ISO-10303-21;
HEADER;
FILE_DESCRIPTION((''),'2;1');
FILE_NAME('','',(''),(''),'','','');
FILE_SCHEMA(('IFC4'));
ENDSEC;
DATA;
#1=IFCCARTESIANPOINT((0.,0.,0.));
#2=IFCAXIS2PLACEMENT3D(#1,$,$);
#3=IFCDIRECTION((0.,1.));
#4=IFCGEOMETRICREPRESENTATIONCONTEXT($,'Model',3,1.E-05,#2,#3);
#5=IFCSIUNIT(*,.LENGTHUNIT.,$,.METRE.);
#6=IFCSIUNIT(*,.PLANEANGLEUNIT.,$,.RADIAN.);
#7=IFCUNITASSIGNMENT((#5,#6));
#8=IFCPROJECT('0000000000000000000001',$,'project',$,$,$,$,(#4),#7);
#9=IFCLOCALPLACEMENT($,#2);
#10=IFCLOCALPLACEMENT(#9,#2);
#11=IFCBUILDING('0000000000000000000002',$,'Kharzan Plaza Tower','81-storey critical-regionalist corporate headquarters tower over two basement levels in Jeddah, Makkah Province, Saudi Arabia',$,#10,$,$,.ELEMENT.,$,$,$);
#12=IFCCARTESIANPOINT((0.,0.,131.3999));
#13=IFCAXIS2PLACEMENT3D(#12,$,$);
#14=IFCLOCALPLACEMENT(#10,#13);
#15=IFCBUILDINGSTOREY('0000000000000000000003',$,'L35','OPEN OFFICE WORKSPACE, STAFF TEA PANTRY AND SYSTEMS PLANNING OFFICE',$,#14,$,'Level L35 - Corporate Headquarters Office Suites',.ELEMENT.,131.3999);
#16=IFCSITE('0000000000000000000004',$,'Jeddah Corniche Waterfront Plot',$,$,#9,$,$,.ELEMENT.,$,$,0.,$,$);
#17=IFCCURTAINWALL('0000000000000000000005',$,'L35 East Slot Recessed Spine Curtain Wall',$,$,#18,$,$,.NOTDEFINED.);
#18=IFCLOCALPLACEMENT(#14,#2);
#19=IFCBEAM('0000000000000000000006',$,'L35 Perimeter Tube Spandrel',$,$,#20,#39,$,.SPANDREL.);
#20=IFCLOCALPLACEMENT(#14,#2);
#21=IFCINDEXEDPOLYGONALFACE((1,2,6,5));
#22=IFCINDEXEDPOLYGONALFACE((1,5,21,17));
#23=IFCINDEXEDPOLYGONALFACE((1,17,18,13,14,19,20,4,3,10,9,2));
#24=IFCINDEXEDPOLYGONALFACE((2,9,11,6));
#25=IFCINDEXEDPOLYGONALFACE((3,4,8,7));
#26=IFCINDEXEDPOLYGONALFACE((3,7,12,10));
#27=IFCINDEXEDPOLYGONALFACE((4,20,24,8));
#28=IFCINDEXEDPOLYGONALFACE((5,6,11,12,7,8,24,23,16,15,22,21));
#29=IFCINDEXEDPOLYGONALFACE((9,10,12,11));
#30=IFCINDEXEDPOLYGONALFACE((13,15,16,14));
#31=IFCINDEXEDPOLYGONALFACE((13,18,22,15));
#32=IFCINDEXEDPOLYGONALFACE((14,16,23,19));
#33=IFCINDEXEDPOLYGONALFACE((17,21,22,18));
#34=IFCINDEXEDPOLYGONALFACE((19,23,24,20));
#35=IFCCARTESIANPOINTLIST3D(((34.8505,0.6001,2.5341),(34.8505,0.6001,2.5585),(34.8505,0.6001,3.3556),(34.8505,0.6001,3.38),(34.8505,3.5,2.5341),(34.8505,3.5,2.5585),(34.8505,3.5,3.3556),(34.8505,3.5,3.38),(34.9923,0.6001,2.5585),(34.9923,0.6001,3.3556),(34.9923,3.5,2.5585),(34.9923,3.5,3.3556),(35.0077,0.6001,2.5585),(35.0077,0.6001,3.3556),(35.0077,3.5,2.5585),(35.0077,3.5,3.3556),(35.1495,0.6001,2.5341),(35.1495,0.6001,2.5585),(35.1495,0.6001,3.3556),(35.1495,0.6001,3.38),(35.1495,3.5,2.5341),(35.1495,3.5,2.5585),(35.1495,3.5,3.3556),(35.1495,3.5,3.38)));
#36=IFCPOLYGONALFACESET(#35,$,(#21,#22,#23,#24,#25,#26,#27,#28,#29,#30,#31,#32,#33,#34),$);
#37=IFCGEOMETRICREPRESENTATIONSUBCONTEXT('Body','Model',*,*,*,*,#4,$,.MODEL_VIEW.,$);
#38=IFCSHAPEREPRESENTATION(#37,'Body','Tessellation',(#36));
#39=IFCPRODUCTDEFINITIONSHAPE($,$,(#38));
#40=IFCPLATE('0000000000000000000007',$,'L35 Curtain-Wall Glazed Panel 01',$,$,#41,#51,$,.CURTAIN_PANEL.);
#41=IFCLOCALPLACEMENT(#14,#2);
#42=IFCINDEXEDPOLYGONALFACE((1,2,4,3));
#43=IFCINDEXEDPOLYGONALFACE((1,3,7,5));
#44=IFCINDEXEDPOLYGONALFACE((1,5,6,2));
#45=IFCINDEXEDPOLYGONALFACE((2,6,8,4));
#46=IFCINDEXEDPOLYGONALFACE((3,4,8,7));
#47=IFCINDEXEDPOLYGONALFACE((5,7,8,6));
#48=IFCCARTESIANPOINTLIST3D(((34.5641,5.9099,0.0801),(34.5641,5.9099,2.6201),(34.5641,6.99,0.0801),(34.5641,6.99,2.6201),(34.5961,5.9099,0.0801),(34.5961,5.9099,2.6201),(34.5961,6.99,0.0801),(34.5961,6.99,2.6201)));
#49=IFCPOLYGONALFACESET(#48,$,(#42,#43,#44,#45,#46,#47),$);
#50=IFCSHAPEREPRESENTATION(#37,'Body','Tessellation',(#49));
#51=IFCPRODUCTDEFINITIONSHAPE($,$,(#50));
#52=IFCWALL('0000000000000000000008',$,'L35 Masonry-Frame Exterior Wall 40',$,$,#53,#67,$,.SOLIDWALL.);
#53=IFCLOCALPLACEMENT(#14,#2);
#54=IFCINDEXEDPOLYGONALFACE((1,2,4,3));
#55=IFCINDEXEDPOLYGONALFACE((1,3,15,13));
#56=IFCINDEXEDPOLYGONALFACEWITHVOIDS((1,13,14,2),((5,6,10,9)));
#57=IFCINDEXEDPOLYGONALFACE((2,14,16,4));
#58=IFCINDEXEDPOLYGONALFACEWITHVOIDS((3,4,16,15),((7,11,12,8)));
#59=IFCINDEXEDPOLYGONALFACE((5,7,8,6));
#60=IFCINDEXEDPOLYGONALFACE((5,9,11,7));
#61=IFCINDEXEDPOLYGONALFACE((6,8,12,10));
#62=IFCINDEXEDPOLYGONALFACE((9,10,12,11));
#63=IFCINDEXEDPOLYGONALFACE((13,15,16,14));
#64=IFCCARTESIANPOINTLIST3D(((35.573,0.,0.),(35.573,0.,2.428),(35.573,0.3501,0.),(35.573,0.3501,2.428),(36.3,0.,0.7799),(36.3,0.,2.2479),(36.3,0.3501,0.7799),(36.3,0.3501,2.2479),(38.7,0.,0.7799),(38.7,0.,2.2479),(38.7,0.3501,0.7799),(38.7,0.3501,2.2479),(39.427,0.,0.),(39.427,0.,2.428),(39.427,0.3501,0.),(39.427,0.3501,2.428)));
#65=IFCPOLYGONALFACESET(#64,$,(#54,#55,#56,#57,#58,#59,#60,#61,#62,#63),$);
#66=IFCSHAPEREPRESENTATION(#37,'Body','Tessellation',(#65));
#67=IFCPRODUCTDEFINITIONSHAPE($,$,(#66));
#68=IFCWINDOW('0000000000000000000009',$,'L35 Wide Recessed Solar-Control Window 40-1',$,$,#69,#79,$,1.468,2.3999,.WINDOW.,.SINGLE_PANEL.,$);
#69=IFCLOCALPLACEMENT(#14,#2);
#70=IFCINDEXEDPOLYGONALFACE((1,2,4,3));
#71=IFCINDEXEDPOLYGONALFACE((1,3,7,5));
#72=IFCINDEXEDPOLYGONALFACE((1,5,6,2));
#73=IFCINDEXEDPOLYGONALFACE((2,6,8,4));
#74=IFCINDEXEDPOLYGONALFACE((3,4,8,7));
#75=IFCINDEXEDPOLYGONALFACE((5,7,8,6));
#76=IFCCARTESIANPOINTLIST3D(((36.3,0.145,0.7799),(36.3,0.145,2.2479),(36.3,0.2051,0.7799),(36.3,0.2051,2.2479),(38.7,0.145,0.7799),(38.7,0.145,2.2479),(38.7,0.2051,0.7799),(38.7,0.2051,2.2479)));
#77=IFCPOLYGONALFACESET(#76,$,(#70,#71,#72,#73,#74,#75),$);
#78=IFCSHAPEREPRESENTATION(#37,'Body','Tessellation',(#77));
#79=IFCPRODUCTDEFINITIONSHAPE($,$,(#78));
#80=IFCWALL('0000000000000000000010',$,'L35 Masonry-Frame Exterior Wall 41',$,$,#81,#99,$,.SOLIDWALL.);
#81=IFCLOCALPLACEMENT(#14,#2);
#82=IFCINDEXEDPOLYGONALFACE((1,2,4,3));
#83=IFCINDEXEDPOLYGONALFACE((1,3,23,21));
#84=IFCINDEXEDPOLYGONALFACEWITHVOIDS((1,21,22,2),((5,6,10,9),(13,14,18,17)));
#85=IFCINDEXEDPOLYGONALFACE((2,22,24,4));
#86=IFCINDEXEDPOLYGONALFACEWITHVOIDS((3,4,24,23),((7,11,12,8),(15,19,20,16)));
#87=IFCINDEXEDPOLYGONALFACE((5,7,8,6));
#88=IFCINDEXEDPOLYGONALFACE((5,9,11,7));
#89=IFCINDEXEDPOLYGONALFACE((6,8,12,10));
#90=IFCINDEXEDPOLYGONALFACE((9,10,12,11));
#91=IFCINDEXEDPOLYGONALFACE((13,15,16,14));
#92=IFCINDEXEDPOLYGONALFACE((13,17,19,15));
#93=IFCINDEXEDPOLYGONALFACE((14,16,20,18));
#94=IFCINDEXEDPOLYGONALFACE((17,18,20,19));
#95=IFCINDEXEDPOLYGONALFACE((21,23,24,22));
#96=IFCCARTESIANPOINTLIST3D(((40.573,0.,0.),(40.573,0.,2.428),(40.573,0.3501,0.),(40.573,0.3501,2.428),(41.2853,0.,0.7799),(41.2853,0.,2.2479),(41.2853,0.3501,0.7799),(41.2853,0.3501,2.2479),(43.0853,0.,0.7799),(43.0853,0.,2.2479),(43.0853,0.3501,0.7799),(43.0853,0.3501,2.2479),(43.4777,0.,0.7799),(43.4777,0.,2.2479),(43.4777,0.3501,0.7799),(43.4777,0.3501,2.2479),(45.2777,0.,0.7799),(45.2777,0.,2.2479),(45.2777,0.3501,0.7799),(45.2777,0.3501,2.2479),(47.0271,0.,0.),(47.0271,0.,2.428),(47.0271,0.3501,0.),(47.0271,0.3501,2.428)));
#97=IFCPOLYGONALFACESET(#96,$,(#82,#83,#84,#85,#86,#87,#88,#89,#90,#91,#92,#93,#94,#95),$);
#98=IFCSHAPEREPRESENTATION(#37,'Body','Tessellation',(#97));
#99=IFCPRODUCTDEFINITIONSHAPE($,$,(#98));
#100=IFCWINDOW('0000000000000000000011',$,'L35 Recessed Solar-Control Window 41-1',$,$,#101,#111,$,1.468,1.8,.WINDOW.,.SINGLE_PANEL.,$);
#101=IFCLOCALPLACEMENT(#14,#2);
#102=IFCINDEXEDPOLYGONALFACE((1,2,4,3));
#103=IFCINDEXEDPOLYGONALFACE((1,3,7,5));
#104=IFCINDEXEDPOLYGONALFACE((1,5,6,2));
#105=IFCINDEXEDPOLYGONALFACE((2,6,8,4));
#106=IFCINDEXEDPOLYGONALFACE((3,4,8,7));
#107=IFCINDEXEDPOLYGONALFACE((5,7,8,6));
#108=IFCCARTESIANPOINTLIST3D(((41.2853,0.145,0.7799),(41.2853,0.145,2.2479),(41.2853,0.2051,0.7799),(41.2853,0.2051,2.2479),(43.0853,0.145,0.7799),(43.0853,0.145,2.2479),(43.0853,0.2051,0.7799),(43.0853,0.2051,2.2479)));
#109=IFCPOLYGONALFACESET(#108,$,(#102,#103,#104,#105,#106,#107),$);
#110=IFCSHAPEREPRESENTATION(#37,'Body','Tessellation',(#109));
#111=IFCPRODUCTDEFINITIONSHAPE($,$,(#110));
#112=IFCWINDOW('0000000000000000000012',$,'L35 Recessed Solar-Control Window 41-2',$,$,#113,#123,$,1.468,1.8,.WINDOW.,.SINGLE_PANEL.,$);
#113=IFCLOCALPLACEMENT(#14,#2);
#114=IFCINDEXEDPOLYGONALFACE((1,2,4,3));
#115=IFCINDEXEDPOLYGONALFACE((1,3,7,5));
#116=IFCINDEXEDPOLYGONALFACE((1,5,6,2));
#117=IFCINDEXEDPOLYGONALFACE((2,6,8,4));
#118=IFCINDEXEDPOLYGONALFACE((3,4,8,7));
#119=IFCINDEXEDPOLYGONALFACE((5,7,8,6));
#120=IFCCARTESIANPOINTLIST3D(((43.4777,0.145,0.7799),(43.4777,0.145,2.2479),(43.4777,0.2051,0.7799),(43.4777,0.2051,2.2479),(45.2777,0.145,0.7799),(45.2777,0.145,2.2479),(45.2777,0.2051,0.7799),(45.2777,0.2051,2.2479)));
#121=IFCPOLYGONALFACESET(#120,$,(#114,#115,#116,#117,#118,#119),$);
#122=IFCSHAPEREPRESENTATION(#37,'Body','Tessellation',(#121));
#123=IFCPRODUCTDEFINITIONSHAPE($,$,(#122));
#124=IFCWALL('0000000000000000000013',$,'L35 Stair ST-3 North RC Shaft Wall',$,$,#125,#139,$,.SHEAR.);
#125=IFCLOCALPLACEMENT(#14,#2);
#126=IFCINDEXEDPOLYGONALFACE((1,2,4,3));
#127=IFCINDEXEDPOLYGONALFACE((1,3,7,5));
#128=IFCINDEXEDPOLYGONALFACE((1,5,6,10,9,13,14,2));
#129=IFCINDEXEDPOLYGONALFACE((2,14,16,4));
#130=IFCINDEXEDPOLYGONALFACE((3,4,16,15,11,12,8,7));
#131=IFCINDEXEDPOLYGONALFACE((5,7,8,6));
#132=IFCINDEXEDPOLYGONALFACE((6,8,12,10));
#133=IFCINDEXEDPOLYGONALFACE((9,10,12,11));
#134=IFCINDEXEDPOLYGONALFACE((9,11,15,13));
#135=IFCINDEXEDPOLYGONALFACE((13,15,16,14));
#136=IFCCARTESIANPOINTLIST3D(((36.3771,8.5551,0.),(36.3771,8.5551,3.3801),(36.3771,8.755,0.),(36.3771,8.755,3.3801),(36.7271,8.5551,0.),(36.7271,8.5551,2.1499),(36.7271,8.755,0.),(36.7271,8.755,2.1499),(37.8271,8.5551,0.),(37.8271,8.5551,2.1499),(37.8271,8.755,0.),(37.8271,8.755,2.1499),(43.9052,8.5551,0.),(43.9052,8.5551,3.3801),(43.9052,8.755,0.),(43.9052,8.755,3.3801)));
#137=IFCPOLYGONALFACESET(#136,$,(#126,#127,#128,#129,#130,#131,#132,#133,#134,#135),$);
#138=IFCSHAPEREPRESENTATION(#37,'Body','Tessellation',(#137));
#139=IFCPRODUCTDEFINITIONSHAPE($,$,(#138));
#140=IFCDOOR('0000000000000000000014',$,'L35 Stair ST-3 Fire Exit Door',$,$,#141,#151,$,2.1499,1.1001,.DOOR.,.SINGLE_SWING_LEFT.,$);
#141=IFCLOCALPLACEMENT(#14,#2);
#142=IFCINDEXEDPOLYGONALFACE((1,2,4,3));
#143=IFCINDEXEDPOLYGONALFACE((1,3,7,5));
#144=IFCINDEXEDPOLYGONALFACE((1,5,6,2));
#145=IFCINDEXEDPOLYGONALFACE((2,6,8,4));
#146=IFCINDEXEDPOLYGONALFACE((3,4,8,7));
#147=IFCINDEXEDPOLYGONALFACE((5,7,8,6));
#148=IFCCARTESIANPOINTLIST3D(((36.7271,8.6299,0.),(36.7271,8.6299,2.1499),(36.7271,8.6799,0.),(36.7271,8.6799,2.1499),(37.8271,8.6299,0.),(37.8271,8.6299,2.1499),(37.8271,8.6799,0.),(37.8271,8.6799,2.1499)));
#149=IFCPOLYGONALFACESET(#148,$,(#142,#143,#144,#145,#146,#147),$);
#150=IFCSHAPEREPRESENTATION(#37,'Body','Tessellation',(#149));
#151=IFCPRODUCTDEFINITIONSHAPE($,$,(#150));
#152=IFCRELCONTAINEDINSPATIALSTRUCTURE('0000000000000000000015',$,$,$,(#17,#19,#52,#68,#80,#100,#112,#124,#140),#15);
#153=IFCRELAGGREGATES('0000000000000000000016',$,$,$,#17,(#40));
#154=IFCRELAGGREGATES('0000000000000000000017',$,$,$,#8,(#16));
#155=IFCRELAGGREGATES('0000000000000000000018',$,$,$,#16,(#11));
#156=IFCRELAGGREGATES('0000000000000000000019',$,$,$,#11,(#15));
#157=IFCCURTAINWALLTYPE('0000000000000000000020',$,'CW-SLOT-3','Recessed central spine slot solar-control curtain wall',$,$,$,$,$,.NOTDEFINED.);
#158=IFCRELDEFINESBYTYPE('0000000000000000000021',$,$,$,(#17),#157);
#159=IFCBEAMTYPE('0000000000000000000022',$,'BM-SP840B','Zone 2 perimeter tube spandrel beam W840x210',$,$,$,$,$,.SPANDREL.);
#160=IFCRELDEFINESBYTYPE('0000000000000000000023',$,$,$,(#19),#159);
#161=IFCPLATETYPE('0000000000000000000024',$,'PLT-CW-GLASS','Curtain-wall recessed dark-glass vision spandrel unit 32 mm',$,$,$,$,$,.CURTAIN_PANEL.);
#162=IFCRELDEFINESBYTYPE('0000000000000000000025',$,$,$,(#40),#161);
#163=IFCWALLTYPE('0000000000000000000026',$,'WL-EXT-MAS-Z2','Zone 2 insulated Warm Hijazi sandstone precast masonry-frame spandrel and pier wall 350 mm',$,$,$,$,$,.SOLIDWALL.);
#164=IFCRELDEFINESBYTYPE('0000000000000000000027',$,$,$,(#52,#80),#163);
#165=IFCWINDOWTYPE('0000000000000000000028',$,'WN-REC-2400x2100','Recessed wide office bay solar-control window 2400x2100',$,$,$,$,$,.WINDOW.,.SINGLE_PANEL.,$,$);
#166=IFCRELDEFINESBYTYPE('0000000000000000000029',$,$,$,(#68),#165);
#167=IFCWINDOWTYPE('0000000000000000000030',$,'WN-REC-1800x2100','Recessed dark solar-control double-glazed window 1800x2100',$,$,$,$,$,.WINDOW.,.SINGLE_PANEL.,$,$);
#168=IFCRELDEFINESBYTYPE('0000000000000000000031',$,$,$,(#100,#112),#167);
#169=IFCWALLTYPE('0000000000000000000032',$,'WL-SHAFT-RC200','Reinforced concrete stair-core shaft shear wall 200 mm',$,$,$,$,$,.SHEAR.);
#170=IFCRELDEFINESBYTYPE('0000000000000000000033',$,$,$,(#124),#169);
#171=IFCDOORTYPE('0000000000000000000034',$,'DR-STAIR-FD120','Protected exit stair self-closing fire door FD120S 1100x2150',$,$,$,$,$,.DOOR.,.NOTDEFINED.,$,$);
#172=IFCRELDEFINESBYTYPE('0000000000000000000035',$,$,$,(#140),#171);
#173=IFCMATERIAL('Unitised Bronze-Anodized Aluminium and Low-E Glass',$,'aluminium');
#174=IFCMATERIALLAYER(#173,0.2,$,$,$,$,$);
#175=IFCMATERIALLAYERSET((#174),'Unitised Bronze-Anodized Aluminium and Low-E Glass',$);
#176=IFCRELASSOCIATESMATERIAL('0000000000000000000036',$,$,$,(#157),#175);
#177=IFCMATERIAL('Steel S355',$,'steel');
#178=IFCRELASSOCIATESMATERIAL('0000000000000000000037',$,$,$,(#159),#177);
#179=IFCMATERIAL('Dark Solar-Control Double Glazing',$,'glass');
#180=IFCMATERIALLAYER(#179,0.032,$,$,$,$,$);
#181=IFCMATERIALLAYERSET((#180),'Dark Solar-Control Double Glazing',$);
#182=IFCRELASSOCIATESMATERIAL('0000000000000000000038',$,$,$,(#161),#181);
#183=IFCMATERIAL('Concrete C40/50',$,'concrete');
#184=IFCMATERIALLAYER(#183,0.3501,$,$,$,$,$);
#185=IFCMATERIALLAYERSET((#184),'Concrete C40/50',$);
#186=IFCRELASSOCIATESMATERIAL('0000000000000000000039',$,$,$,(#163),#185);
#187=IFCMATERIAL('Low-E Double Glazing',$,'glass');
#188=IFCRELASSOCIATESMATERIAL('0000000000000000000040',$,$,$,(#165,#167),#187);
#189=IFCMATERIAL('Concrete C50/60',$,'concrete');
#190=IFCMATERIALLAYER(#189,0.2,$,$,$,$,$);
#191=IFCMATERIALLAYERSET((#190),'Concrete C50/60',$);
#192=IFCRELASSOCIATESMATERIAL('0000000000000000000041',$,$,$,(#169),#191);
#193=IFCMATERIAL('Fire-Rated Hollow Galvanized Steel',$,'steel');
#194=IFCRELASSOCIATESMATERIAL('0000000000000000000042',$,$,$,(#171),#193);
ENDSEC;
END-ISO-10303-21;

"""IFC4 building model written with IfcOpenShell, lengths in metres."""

from ifc_helpers import new_model, si_unit, direction, frame, frame_2d, origin, origin_2d, place, context, subcontext, project, spatial, rectangle, i_section, extrude, source, transform, mapped, material, layer, layer_set, material_profile, profile_set, type_object, element, fill, aggregate, save


model = new_model("IFC4")

# Units and contexts
model_context = context("Model", 3, precision=1e-05, world=origin(), true_north=direction((0.0, 1.0)))
body_context = subcontext(model_context, "Body", "Model", "MODEL_VIEW")
ifc_project = project(units=[si_unit("LENGTHUNIT", "METRE"), si_unit("PLANEANGLEUNIT", "RADIAN")], contexts=[model_context])

# Site, building, storey
site_placement = place(None, origin())
site = spatial("IfcSite", under=ifc_project, at=site_placement, Name="Jeddah Corniche Waterfront Plot", CompositionType="ELEMENT", RefElevation=0.0)
building_placement = place(site_placement, origin())
building = spatial("IfcBuilding", under=site, at=building_placement, Name="Kharzan Plaza Tower", Description="81-storey critical-regionalist corporate headquarters tower over two basement levels in Jeddah, Makkah Province, Saudi Arabia", CompositionType="ELEMENT")
storey_placement = place(building_placement, frame((0.0, 0.0, 131.3999)))
storey = spatial("IfcBuildingStorey", under=building, at=storey_placement, Name="L35", Description="OPEN OFFICE WORKSPACE, STAFF TEA PANTRY AND SYSTEMS PLANNING OFFICE", LongName="Level L35 - Corporate Headquarters Office Suites", CompositionType="ELEMENT", Elevation=131.3999)

# Shared definitions
ifc_material_1 = material(Name="Steel S355", Category="steel")

# Curtain wall
ifc_material_2 = material(Name="Unitised Bronze-Anodized Aluminium and Low-E Glass", Category="aluminium")
ifc_layer_1 = layer(ifc_material_2, 0.2)
ifc_layer_set_1 = layer_set([ifc_layer_1], Name="Unitised Bronze-Anodized Aluminium and Low-E Glass")
curtain_wall_type = type_object("IfcCurtainWallType", Name="CW-SLOT-3", Description="Recessed central spine slot solar-control curtain wall", PredefinedType="NOTDEFINED", material=ifc_layer_set_1)
curtain_wall_placement = place(storey_placement, origin())
curtain_wall = element("IfcCurtainWall", 1, at=curtain_wall_placement, inside=storey, type_object=curtain_wall_type, Name="L35 East Slot Recessed Spine Curtain Wall", PredefinedType="NOTDEFINED")

# Beam
ifc_material_profile_1 = material_profile(ifc_material_1, i_section(OverallWidth=0.2991, OverallDepth=0.8459, WebThickness=0.0154, FlangeThickness=0.0244, at=origin_2d()), Name="W840x210")
ifc_profile_set_1 = profile_set([ifc_material_profile_1], Name="Steel S355")
beam_type_1 = type_object("IfcBeamType", Name="BM-SP840B", Description="Zone 2 perimeter tube spandrel beam W840x210", PredefinedType="SPANDREL", material=ifc_profile_set_1)
shared_shape_1 = source(origin(), body_context, "Body", "SweptSolid", [
    extrude(i_section(OverallWidth=0.2991, OverallDepth=0.8459, WebThickness=0.0154, FlangeThickness=0.0244, at=origin_2d()), origin(), (0.0, 0.0, 1.0), 2.8999),
])
beam_1_placement = place(storey_placement, frame((35.0, 0.6001, 2.957), z_axis=(0.0, 1.0, 0.0), x_axis=(-1.0, 0.0, 0.0)))
element("IfcBeam", 2, at=beam_1_placement, inside=storey, type_object=beam_type_1, Name="L35 Perimeter Tube Spandrel", PredefinedType="SPANDREL", context=body_context, shape_type="MappedRepresentation", body=[
    mapped(shared_shape_1, transform((0.0, 0.0, 0.0), x_axis=(1.0, 0.0, 0.0), y_axis=(0.0, 1.0, 0.0), z_axis=(0.0, 0.0, 1.0))),
])

# Plate
ifc_material_3 = material(Name="Dark Solar-Control Double Glazing", Category="glass")
ifc_layer_2 = layer(ifc_material_3, 0.032)
ifc_layer_set_2 = layer_set([ifc_layer_2], Name="Dark Solar-Control Double Glazing")
plate_type = type_object("IfcPlateType", Name="PLT-CW-GLASS", Description="Curtain-wall recessed dark-glass vision spandrel unit 32 mm", PredefinedType="CURTAIN_PANEL", material=ifc_layer_set_2)
shared_shape_2 = source(origin(), body_context, "Body", "SweptSolid", [
    extrude(rectangle(XDim=1.0801, YDim=0.032, at=origin_2d()), origin(), (0.0, 0.0, 1.0), 2.54),
])
plate_placement = place(storey_placement, frame((34.5801, 6.45, 0.0801), z_axis=(0.0, 0.0, 1.0), x_axis=(0.0, 1.0, 0.0)))
plate = element("IfcPlate", 3, at=plate_placement, type_object=plate_type, Name="L35 Curtain-Wall Glazed Panel 01", PredefinedType="CURTAIN_PANEL", context=body_context, shape_type="MappedRepresentation", body=[
    mapped(shared_shape_2, transform((0.0, 0.0, 0.0), x_axis=(1.0, 0.0, 0.0), y_axis=(0.0, 1.0, 0.0), z_axis=(0.0, 0.0, 1.0))),
])
aggregate(curtain_wall, [plate])

# Wall, opening, window
ifc_material_4 = material(Name="Concrete C40/50", Category="concrete")
ifc_layer_3 = layer(ifc_material_4, 0.3501)
ifc_layer_set_3 = layer_set([ifc_layer_3], Name="Concrete C40/50")
wall_type_1 = type_object("IfcWallType", Name="WL-EXT-MAS-Z2", Description="Zone 2 insulated Warm Hijazi sandstone precast masonry-frame spandrel and pier wall 350 mm", PredefinedType="SOLIDWALL", material=ifc_layer_set_3)
wall_1_placement = place(storey_placement, frame((35.573, 0.175, 0.0), z_axis=(0.0, 0.0, 1.0), x_axis=(1.0, 0.0, 0.0)))
wall_1 = element("IfcWall", 4, at=wall_1_placement, inside=storey, type_object=wall_type_1, Name="L35 Masonry-Frame Exterior Wall 40", PredefinedType="SOLIDWALL", context=body_context, shape_type="SweptSolid", body=[
    extrude(rectangle(XDim=3.854, YDim=0.3501, at=frame_2d((1.927, 0.0))), origin(), (0.0, 0.0, 1.0), 2.428),
])
opening_1_placement = place(wall_1_placement, frame((0.7271, 0.0, 0.78)))
opening_1 = element("IfcOpeningElement", 5, at=opening_1_placement, cuts=wall_1, PredefinedType="OPENING", context=body_context, shape_type="SweptSolid", body=[
    extrude(rectangle(XDim=2.3999, YDim=1.468, at=frame_2d((1.2, 0.7339))), frame((0.0, 0.1851, 0.0), z_axis=(0.0, -1.0, 0.0), x_axis=(1.0, 0.0, 0.0)), (0.0, 0.0, 1.0), 0.3701),
])
ifc_material_5 = material(Name="Low-E Double Glazing", Category="glass")
window_type_1 = type_object("IfcWindowType", Name="WN-REC-2400x2100", Description="Recessed wide office bay solar-control window 2400x2100", PartitioningType="SINGLE_PANEL", PredefinedType="WINDOW", material=ifc_material_5)
shared_shape_3 = source(origin(), body_context, "Body", "SweptSolid", [
    extrude(rectangle(XDim=2.3999, YDim=1.468, at=frame_2d((1.2, 0.7339))), frame((0.0, 0.03, 0.0), z_axis=(0.0, -1.0, 0.0), x_axis=(1.0, 0.0, 0.0)), (0.0, 0.0, 1.0), 0.0601),
])
window_1_placement = place(opening_1_placement, origin())
window_1 = element("IfcWindow", 6, at=window_1_placement, inside=storey, type_object=window_type_1, Name="L35 Wide Recessed Solar-Control Window 40-1", OverallHeight=1.468, OverallWidth=2.3999, PartitioningType="SINGLE_PANEL", PredefinedType="WINDOW", context=body_context, shape_type="MappedRepresentation", body=[
    mapped(shared_shape_3, transform((0.0, 0.0, 0.0), x_axis=(1.0, 0.0, 0.0), y_axis=(0.0, 1.0, 0.0), z_axis=(0.0, 0.0, 1.0))),
])
fill(opening_1, window_1)

# Wall, openings, windows
wall_2_placement = place(storey_placement, frame((40.573, 0.175, 0.0), z_axis=(0.0, 0.0, 1.0), x_axis=(1.0, 0.0, 0.0)))
wall_2 = element("IfcWall", 7, at=wall_2_placement, inside=storey, type_object=wall_type_1, Name="L35 Masonry-Frame Exterior Wall 41", PredefinedType="SOLIDWALL", context=body_context, shape_type="SweptSolid", body=[
    extrude(rectangle(XDim=6.4541, YDim=0.3501, at=frame_2d((3.2271, 0.0))), origin(), (0.0, 0.0, 1.0), 2.428),
])
opening_2_placement = place(wall_2_placement, frame((0.7124, 0.0, 0.78)))
opening_2 = element("IfcOpeningElement", 8, at=opening_2_placement, cuts=wall_2, PredefinedType="OPENING", context=body_context, shape_type="SweptSolid", body=[
    extrude(rectangle(XDim=1.8, YDim=1.468, at=frame_2d((0.8999, 0.7339))), frame((0.0, 0.1851, 0.0), z_axis=(0.0, -1.0, 0.0), x_axis=(1.0, 0.0, 0.0)), (0.0, 0.0, 1.0), 0.3701),
])
opening_3_placement = place(wall_2_placement, frame((2.9048, 0.0, 0.78)))
opening_3 = element("IfcOpeningElement", 9, at=opening_3_placement, cuts=wall_2, PredefinedType="OPENING", context=body_context, shape_type="SweptSolid", body=[
    extrude(rectangle(XDim=1.8, YDim=1.468, at=frame_2d((0.8999, 0.7339))), frame((0.0, 0.1851, 0.0), z_axis=(0.0, -1.0, 0.0), x_axis=(1.0, 0.0, 0.0)), (0.0, 0.0, 1.0), 0.3701),
])
window_type_2 = type_object("IfcWindowType", Name="WN-REC-1800x2100", Description="Recessed dark solar-control double-glazed window 1800x2100", PartitioningType="SINGLE_PANEL", PredefinedType="WINDOW", material=ifc_material_5)
shared_shape_4 = source(origin(), body_context, "Body", "SweptSolid", [
    extrude(rectangle(XDim=1.8, YDim=1.468, at=frame_2d((0.8999, 0.7339))), frame((0.0, 0.03, 0.0), z_axis=(0.0, -1.0, 0.0), x_axis=(1.0, 0.0, 0.0)), (0.0, 0.0, 1.0), 0.0601),
])
window_2_placement = place(opening_2_placement, origin())
window_2 = element("IfcWindow", 10, at=window_2_placement, inside=storey, type_object=window_type_2, Name="L35 Recessed Solar-Control Window 41-1", OverallHeight=1.468, OverallWidth=1.8, PartitioningType="SINGLE_PANEL", PredefinedType="WINDOW", context=body_context, shape_type="MappedRepresentation", body=[
    mapped(shared_shape_4, transform((0.0, 0.0, 0.0), x_axis=(1.0, 0.0, 0.0), y_axis=(0.0, 1.0, 0.0), z_axis=(0.0, 0.0, 1.0))),
])
fill(opening_2, window_2)
window_3_placement = place(opening_3_placement, origin())
window_3 = element("IfcWindow", 11, at=window_3_placement, inside=storey, type_object=window_type_2, Name="L35 Recessed Solar-Control Window 41-2", OverallHeight=1.468, OverallWidth=1.8, PartitioningType="SINGLE_PANEL", PredefinedType="WINDOW", context=body_context, shape_type="MappedRepresentation", body=[
    mapped(shared_shape_4, transform((0.0, 0.0, 0.0), x_axis=(1.0, 0.0, 0.0), y_axis=(0.0, 1.0, 0.0), z_axis=(0.0, 0.0, 1.0))),
])
fill(opening_3, window_3)

# Wall, opening, door
ifc_material_6 = material(Name="Concrete C50/60", Category="concrete")
ifc_layer_4 = layer(ifc_material_6, 0.2)
ifc_layer_set_4 = layer_set([ifc_layer_4], Name="Concrete C50/60")
wall_type_2 = type_object("IfcWallType", Name="WL-SHAFT-RC200", Description="Reinforced concrete stair-core shaft shear wall 200 mm", PredefinedType="SHEAR", material=ifc_layer_set_4)
wall_3_placement = place(storey_placement, frame((36.377, 8.655, 0.0), z_axis=(0.0, 0.0, 1.0), x_axis=(1.0, 0.0, 0.0)))
wall_3 = element("IfcWall", 12, at=wall_3_placement, inside=storey, type_object=wall_type_2, Name="L35 Stair ST-3 North RC Shaft Wall", PredefinedType="SHEAR", context=body_context, shape_type="SweptSolid", body=[
    extrude(rectangle(XDim=7.5281, YDim=0.2, at=frame_2d((3.7642, 0.0))), origin(), (0.0, 0.0, 1.0), 3.3801),
])
opening_4_placement = place(wall_3_placement, frame((0.3501, 0.0, 0.0)))
opening_4 = element("IfcOpeningElement", 13, at=opening_4_placement, cuts=wall_3, PredefinedType="OPENING", context=body_context, shape_type="SweptSolid", body=[
    extrude(rectangle(XDim=1.1001, YDim=2.1499, at=frame_2d((0.55, 1.075))), frame((0.0, 0.1099, 0.0), z_axis=(0.0, -1.0, 0.0), x_axis=(1.0, 0.0, 0.0)), (0.0, 0.0, 1.0), 0.22),
])
ifc_material_7 = material(Name="Fire-Rated Hollow Galvanized Steel", Category="steel")
door_type = type_object("IfcDoorType", Name="DR-STAIR-FD120", Description="Protected exit stair self-closing fire door FD120S 1100x2150", OperationType="NOTDEFINED", PredefinedType="DOOR", material=ifc_material_7)
shared_shape_5 = source(origin(), body_context, "Body", "SweptSolid", [
    extrude(rectangle(XDim=1.1001, YDim=2.1499, at=frame_2d((0.55, 1.075))), frame((0.0, 0.0249, 0.0), z_axis=(0.0, -1.0, 0.0), x_axis=(1.0, 0.0, 0.0)), (0.0, 0.0, 1.0), 0.05),
])
door_placement = place(opening_4_placement, origin())
door = element("IfcDoor", 14, at=door_placement, inside=storey, type_object=door_type, Name="L35 Stair ST-3 Fire Exit Door", OperationType="SINGLE_SWING_LEFT", OverallHeight=2.1499, OverallWidth=1.1001, PredefinedType="DOOR", context=body_context, shape_type="MappedRepresentation", body=[
    mapped(shared_shape_5, transform((0.0, 0.0, 0.0), x_axis=(1.0, 0.0, 0.0), y_axis=(0.0, 1.0, 0.0), z_axis=(0.0, 0.0, 1.0))),
])
fill(opening_4, door)

save(model, "model.ifc")
